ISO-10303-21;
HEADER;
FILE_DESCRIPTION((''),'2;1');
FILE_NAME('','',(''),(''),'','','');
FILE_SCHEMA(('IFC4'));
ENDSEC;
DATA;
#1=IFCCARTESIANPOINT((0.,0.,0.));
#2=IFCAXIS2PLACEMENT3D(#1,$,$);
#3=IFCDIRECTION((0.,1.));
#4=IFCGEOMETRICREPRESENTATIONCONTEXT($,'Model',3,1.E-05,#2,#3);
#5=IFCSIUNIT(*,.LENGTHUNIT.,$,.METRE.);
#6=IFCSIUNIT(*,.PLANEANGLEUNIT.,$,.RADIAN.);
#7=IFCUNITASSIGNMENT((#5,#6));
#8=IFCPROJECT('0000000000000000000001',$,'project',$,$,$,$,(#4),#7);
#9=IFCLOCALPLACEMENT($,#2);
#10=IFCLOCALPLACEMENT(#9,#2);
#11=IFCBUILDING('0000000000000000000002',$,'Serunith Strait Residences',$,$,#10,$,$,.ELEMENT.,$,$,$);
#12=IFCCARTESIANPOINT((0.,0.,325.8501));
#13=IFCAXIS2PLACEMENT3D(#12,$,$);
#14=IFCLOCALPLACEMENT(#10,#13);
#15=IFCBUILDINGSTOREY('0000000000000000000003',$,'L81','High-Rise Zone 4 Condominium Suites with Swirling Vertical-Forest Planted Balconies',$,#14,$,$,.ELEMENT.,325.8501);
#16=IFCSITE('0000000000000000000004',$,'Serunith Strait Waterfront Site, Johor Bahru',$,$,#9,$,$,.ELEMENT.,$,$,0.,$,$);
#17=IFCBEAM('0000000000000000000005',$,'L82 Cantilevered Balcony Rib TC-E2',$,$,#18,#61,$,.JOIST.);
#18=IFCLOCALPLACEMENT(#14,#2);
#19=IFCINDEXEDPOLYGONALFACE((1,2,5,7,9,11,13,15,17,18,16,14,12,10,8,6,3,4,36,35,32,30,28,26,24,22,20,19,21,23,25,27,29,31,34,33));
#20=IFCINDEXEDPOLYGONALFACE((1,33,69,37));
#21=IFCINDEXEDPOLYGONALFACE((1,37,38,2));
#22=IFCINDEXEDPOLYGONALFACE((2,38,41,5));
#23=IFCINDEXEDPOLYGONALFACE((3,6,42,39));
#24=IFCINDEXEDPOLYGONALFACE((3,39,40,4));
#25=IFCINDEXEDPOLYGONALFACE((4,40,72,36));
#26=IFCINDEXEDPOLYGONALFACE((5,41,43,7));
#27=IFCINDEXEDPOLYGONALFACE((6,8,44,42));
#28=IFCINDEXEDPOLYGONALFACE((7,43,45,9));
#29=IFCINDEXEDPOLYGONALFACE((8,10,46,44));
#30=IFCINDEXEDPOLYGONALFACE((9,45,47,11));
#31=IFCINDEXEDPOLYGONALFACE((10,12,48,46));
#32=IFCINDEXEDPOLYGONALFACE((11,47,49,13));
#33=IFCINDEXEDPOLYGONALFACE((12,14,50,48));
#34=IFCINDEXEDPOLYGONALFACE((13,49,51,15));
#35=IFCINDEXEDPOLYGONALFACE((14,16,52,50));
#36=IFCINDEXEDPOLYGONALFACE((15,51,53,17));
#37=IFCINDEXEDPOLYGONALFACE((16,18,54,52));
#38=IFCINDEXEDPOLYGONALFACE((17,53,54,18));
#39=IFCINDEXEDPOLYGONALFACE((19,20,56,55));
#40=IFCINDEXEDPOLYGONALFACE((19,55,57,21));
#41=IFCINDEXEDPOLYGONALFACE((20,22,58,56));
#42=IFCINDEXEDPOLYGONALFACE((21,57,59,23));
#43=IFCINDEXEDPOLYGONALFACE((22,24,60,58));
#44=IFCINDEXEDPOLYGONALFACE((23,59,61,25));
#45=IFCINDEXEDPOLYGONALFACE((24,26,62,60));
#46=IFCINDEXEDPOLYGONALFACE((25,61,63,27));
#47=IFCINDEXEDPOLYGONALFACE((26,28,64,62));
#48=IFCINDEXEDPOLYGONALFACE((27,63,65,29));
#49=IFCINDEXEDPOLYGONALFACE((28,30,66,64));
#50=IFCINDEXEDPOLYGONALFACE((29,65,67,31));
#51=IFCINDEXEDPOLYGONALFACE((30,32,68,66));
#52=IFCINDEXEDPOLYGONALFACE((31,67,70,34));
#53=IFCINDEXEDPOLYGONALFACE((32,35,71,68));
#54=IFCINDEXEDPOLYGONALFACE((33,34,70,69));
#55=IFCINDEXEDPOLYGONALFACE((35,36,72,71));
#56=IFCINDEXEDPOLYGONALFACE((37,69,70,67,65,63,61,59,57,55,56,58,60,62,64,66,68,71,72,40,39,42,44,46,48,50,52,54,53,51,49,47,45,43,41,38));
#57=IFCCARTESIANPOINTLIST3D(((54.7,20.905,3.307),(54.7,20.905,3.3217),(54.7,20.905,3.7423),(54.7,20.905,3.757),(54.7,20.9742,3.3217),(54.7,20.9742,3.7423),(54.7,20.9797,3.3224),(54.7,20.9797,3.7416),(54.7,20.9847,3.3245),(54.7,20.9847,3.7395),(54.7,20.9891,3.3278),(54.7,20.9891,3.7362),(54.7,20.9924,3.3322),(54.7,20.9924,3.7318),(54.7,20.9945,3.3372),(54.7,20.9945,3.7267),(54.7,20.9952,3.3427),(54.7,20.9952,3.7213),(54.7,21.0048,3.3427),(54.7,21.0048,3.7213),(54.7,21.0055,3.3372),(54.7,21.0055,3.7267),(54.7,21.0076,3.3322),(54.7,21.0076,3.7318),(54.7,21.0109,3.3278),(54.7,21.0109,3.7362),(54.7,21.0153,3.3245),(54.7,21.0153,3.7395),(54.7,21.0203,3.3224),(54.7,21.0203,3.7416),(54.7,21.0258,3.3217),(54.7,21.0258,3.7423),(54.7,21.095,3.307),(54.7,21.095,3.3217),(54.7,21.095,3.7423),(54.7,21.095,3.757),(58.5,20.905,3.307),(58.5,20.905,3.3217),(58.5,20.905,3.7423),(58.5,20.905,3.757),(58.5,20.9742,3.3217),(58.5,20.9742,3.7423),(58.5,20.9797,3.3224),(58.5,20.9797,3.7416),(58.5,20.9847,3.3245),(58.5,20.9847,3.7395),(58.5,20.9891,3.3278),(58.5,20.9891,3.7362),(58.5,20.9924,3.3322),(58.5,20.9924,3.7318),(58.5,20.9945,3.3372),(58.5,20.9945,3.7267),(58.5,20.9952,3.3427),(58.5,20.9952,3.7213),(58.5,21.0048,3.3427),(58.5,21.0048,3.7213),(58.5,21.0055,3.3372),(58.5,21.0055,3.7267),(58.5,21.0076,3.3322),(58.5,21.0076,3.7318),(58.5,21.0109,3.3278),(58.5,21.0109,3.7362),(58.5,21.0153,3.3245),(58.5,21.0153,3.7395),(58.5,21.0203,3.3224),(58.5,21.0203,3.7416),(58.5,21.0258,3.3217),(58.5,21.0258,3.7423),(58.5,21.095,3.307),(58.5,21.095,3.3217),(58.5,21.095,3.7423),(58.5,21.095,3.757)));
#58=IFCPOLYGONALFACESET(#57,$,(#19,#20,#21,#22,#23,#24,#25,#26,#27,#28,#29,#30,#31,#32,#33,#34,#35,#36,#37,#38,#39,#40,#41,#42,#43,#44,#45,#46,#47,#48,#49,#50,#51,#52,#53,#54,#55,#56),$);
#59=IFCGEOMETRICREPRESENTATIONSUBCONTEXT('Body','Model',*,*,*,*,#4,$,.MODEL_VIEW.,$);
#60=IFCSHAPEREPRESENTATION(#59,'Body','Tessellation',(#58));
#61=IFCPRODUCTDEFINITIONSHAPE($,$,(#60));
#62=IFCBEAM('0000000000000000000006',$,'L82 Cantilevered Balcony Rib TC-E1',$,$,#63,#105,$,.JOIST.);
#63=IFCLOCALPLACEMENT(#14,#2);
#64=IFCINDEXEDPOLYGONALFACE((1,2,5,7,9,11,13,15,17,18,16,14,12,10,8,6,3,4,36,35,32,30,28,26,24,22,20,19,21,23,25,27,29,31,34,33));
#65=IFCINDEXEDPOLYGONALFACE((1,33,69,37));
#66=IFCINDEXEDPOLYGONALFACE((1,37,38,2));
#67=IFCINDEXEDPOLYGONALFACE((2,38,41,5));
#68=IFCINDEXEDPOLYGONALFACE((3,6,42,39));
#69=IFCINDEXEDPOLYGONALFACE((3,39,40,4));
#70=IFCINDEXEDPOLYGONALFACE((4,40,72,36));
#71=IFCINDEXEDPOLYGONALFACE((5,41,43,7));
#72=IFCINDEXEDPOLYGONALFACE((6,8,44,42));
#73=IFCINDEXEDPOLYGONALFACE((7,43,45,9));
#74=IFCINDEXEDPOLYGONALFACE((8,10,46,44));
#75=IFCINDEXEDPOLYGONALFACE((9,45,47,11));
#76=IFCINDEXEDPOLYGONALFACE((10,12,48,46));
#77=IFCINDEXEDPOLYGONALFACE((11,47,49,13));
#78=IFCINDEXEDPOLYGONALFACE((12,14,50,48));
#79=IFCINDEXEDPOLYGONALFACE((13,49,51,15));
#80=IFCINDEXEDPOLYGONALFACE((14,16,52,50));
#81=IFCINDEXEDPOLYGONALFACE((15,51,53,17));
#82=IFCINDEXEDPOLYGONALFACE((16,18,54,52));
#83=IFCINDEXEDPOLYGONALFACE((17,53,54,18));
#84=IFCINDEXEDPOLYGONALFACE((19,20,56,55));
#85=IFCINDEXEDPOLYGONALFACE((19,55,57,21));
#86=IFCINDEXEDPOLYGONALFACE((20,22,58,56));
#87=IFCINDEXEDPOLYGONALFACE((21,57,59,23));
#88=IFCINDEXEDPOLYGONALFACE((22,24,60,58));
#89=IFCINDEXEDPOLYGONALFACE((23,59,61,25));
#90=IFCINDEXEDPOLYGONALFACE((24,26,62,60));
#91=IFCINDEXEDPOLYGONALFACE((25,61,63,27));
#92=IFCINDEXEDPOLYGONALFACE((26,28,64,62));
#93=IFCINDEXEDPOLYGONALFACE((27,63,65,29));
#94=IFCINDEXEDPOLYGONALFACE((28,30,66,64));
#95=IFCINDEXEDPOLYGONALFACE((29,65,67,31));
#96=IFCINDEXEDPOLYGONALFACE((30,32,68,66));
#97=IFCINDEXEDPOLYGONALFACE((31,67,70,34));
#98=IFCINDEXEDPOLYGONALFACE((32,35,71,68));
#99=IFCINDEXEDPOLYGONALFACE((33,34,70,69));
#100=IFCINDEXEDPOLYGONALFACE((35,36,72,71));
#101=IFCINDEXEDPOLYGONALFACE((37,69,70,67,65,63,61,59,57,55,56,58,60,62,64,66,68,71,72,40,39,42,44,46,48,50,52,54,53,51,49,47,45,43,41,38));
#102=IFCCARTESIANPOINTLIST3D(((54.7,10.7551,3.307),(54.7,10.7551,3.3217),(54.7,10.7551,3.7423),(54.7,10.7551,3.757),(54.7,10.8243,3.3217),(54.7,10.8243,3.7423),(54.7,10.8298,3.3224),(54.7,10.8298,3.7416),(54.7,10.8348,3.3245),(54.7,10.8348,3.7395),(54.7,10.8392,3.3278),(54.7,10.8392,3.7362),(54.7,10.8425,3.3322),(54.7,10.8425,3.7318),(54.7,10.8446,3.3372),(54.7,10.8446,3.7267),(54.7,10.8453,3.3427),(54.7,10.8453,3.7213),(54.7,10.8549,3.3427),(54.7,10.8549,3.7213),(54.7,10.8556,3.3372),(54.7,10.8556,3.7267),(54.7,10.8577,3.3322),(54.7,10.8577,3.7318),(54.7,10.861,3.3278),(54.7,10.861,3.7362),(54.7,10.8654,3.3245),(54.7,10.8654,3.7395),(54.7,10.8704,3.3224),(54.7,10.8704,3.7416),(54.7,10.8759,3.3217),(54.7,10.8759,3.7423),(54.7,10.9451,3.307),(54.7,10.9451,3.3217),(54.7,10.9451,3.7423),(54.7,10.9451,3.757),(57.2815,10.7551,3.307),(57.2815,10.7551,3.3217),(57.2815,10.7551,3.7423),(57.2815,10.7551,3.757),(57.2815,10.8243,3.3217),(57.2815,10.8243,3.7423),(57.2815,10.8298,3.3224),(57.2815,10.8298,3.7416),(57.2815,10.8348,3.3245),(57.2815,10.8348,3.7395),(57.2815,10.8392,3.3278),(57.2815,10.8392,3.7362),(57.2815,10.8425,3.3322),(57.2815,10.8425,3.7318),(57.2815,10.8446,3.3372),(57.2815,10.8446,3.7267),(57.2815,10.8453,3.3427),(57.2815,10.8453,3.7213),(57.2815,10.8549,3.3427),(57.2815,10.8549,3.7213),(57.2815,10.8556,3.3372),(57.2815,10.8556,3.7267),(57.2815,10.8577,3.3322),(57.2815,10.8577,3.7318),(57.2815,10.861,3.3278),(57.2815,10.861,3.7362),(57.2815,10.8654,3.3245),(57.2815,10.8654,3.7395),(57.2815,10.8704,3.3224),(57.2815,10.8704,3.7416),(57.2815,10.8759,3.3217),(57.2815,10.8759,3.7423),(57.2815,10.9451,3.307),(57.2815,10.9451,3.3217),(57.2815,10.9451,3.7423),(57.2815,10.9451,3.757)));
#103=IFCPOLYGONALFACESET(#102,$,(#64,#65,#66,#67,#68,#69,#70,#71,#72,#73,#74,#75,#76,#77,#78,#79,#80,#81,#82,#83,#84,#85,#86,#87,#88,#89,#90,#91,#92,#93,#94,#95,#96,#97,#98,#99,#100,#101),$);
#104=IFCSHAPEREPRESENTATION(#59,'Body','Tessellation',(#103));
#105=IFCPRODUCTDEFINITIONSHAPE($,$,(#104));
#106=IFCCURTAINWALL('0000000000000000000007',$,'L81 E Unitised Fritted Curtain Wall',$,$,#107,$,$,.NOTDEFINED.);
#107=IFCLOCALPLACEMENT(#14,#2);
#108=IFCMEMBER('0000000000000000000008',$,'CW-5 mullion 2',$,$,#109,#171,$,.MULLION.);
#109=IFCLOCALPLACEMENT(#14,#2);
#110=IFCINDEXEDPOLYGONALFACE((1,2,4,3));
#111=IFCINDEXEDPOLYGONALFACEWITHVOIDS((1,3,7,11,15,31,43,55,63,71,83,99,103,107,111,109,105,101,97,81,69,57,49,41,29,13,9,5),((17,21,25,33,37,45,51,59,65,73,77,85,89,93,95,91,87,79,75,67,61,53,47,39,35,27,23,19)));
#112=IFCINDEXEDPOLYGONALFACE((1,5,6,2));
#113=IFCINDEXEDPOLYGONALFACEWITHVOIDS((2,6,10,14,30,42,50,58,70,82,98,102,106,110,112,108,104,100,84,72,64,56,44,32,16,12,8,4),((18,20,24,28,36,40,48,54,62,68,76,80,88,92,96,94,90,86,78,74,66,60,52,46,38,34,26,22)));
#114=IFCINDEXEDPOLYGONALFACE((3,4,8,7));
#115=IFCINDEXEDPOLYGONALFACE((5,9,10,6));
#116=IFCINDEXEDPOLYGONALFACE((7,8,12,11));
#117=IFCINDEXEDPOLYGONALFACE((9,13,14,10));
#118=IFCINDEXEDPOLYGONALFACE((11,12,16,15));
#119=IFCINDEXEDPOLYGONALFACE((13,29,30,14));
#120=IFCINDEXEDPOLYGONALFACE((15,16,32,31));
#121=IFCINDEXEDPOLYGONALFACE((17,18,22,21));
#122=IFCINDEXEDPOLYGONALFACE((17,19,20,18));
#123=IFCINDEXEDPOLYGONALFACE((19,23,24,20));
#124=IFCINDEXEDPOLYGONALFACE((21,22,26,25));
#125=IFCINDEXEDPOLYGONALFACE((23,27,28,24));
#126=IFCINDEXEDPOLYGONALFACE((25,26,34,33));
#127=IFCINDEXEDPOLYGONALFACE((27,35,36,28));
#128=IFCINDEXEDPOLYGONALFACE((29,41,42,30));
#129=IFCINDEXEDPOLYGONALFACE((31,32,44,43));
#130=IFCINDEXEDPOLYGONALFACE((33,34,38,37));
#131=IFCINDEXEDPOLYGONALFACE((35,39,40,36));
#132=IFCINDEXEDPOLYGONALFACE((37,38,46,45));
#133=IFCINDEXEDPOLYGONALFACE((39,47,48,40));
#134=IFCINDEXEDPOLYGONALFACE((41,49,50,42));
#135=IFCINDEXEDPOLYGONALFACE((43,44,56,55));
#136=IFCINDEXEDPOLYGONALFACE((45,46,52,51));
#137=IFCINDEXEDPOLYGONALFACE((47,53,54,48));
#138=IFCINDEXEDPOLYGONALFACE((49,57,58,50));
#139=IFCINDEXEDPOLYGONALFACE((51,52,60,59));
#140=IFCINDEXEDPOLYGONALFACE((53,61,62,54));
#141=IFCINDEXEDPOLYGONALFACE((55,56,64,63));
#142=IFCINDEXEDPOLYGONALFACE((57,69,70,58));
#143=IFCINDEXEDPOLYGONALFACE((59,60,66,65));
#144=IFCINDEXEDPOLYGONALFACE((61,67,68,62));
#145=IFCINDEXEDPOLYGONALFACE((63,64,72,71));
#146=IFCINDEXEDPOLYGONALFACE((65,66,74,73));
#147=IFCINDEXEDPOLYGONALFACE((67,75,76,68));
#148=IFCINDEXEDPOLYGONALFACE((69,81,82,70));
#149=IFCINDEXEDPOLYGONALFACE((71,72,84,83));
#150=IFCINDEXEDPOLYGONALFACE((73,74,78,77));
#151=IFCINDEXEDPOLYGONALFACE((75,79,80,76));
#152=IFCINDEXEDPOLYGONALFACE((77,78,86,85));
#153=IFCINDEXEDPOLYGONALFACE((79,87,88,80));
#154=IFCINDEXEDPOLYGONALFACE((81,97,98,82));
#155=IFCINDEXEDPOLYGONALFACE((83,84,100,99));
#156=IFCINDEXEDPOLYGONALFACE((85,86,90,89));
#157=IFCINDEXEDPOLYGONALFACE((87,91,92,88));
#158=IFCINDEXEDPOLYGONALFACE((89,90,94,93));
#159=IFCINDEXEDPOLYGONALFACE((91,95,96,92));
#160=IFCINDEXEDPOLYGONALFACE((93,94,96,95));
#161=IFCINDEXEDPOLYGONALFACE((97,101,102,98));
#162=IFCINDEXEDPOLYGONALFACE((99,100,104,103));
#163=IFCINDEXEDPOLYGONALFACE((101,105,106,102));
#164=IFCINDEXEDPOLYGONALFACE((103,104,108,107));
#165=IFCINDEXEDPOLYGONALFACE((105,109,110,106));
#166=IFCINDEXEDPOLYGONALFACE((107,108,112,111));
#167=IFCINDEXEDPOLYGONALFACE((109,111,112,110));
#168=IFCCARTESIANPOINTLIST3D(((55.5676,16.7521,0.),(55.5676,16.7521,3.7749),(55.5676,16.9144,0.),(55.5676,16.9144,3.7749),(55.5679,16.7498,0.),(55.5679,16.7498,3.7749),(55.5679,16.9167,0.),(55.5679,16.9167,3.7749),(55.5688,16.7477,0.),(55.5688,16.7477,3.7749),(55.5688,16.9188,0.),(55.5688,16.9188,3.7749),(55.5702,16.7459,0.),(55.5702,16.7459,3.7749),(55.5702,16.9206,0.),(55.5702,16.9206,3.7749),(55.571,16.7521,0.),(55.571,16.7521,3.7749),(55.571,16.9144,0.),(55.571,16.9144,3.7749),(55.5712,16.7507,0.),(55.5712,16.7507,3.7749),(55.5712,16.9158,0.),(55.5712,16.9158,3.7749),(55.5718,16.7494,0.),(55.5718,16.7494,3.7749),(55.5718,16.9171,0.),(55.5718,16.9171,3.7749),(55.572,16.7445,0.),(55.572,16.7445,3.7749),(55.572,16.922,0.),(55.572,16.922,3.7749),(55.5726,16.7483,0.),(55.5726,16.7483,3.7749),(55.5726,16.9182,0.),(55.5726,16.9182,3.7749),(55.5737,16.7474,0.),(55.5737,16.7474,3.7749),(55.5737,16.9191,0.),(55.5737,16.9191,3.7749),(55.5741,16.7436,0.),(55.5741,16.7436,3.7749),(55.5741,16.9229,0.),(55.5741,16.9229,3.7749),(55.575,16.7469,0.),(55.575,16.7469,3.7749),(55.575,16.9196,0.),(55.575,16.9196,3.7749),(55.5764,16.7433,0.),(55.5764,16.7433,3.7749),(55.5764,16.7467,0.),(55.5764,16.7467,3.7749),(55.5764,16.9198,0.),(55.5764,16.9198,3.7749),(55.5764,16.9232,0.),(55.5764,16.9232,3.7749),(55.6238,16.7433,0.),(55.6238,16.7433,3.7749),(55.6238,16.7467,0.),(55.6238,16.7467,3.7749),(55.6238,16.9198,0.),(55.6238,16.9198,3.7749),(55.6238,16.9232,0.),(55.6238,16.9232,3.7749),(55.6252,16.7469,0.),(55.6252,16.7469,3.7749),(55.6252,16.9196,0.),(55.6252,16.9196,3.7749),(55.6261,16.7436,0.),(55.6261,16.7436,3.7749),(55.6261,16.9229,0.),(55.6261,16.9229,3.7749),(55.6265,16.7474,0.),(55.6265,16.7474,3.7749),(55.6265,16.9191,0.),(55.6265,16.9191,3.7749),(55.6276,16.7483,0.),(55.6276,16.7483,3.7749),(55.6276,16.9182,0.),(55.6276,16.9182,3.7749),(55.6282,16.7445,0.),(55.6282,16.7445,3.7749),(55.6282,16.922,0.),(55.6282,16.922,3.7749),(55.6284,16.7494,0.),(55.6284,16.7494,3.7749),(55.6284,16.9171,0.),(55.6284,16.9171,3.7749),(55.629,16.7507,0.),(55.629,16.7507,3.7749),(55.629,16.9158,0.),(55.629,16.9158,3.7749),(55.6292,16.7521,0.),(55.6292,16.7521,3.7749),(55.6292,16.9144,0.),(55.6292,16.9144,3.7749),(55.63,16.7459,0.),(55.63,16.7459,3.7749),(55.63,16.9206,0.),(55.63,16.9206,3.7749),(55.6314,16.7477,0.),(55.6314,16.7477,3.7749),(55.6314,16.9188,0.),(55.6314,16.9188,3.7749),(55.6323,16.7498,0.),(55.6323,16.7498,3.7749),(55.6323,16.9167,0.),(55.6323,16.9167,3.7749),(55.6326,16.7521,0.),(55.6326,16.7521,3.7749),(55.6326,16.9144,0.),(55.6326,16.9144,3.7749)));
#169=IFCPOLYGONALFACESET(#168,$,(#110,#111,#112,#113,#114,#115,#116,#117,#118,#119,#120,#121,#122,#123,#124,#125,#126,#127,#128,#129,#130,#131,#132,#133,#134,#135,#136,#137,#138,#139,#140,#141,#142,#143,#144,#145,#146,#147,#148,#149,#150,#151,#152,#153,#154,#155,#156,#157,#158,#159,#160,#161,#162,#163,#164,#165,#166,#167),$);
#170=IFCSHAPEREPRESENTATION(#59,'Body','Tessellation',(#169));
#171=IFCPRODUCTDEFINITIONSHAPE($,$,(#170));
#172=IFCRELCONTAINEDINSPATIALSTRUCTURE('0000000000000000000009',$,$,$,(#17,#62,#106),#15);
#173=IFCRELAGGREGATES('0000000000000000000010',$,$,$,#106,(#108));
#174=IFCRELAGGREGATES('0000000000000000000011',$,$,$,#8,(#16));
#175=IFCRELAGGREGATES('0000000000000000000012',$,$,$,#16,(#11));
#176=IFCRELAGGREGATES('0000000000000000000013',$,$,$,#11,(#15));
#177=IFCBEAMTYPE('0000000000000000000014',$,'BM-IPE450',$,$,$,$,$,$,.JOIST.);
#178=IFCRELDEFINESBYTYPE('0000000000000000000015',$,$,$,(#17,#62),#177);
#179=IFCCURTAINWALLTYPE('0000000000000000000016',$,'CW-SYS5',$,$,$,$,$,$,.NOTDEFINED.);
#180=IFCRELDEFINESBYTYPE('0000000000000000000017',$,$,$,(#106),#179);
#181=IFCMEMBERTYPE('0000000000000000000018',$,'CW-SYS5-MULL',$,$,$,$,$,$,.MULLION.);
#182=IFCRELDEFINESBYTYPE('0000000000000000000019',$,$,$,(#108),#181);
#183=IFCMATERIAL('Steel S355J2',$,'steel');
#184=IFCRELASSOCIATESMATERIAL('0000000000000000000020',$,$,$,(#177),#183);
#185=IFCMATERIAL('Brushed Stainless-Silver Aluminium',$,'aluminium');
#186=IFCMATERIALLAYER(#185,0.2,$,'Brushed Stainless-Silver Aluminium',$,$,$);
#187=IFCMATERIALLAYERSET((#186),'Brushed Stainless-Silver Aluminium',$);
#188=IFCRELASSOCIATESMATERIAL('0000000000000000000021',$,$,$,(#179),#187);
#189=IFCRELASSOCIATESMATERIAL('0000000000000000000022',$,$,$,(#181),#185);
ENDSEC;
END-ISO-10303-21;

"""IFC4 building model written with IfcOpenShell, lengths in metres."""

from ifc_helpers import new_model, si_unit, direction, frame, origin, origin_2d, place, context, subcontext, project, spatial, hollow_rectangle, i_section, extrude, source, transform, mapped, material, layer, layer_set, material_profile, profile_set, type_object, element, aggregate, save


model = new_model("IFC4")

# Units and contexts
model_context = context("Model", 3, precision=1e-05, world=origin(), true_north=direction((0.0, 1.0)))
body_context = subcontext(model_context, "Body", "Model", "MODEL_VIEW")
ifc_project = project(units=[si_unit("LENGTHUNIT", "METRE"), si_unit("PLANEANGLEUNIT", "RADIAN")], contexts=[model_context])

# Site, building, storey
site_placement = place(None, origin())
site = spatial("IfcSite", under=ifc_project, at=site_placement, Name="Serunith Strait Waterfront Site, Johor Bahru", CompositionType="ELEMENT", RefElevation=0.0)
building_placement = place(site_placement, origin())
building = spatial("IfcBuilding", under=site, at=building_placement, Name="Serunith Strait Residences", CompositionType="ELEMENT")
storey_placement = place(building_placement, frame((0.0, 0.0, 325.8501)))
storey = spatial("IfcBuildingStorey", under=building, at=storey_placement, Name="L81", Description="High-Rise Zone 4 Condominium Suites with Swirling Vertical-Forest Planted Balconies", CompositionType="ELEMENT", Elevation=325.8501)

# Beams
ifc_material_1 = material(Name="Steel S355J2", Category="steel")
ifc_material_profile_1 = material_profile(ifc_material_1, i_section(OverallWidth=0.1899, OverallDepth=0.45, WebThickness=0.0095, FlangeThickness=0.0146, FilletRadius=0.021, at=origin_2d()), Name="IPE 450")
ifc_profile_set_1 = profile_set([ifc_material_profile_1], Name="Steel S355J2")
beam_type_1 = type_object("IfcBeamType", Name="BM-IPE450", PredefinedType="JOIST", material=ifc_profile_set_1)
shared_shape_1 = source(origin(), body_context, "Body", "SweptSolid", [
    extrude(i_section(OverallWidth=0.1899, OverallDepth=0.45, WebThickness=0.0095, FlangeThickness=0.0146, FilletRadius=0.021, at=origin_2d()), origin(), (0.0, 0.0, 1.0), 3.8),
])
beam_1_placement = place(storey_placement, frame((54.7, 21.0, 3.532), z_axis=(1.0, 0.0, 0.0), x_axis=(0.0, 1.0, 0.0)))
element("IfcBeam", 1, at=beam_1_placement, inside=storey, type_object=beam_type_1, Name="L82 Cantilevered Balcony Rib TC-E2", PredefinedType="JOIST", context=body_context, shape_type="MappedRepresentation", body=[
    mapped(shared_shape_1, transform((0.0, 0.0, 0.0), scale=1.0)),
])
shared_shape_2 = source(origin(), body_context, "Body", "SweptSolid", [
    extrude(i_section(OverallWidth=0.1899, OverallDepth=0.45, WebThickness=0.0095, FlangeThickness=0.0146, FilletRadius=0.021, at=origin_2d()), origin(), (0.0, 0.0, 1.0), 2.5815),
])
beam_2_placement = place(storey_placement, frame((54.7, 10.8501, 3.532), z_axis=(1.0, 0.0, 0.0), x_axis=(0.0, 1.0, 0.0)))
element("IfcBeam", 2, at=beam_2_placement, inside=storey, type_object=beam_type_1, Name="L82 Cantilevered Balcony Rib TC-E1", PredefinedType="JOIST", context=body_context, shape_type="MappedRepresentation", body=[
    mapped(shared_shape_2, transform((0.0, 0.0, 0.0), scale=1.0)),
])

# Curtain wall, member
ifc_material_2 = material(Name="Brushed Stainless-Silver Aluminium", Category="aluminium")
ifc_layer_1 = layer(ifc_material_2, 0.2, Name="Brushed Stainless-Silver Aluminium")
ifc_layer_set_1 = layer_set([ifc_layer_1], Name="Brushed Stainless-Silver Aluminium")
curtain_wall_type = type_object("IfcCurtainWallType", Name="CW-SYS5", PredefinedType="NOTDEFINED", material=ifc_layer_set_1)
curtain_wall_placement = place(storey_placement, origin())
curtain_wall = element("IfcCurtainWall", 3, at=curtain_wall_placement, inside=storey, type_object=curtain_wall_type, Name="L81 E Unitised Fritted Curtain Wall", PredefinedType="NOTDEFINED")
ifc_material_profile_2 = material_profile(ifc_material_2, hollow_rectangle(XDim=0.0649, YDim=0.1799, WallThickness=0.0034, InnerFilletRadius=0.0054, OuterFilletRadius=0.0088, at=origin_2d()), Name="ALU 180x65x3.5")
ifc_profile_set_2 = profile_set([ifc_material_profile_2], Name="Brushed Stainless-Silver Aluminium")
member_type_1 = type_object("IfcMemberType", Name="CW-SYS5-MULL", PredefinedType="MULLION", material=ifc_profile_set_2)
shared_shape_3 = source(origin(), body_context, "Body", "SweptSolid", [
    extrude(hollow_rectangle(XDim=0.0649, YDim=0.1799, WallThickness=0.0034, InnerFilletRadius=0.0054, OuterFilletRadius=0.0088, at=origin_2d()), origin(), (0.0, 0.0, 1.0), 3.7749),
])
member_1_placement = place(storey_placement, frame((55.6001, 16.8333, 0.0), z_axis=(0.0, 0.0, 1.0), x_axis=(-1.0, 0.0, 0.0)))
member_1 = element("IfcMember", 4, at=member_1_placement, type_object=member_type_1, Name="CW-5 mullion 2", PredefinedType="MULLION", context=body_context, shape_type="MappedRepresentation", body=[
    mapped(shared_shape_3, transform((0.0, 0.0, 0.0), scale=1.0)),
])
aggregate(curtain_wall, [member_1])

save(model, "model.ifc")
